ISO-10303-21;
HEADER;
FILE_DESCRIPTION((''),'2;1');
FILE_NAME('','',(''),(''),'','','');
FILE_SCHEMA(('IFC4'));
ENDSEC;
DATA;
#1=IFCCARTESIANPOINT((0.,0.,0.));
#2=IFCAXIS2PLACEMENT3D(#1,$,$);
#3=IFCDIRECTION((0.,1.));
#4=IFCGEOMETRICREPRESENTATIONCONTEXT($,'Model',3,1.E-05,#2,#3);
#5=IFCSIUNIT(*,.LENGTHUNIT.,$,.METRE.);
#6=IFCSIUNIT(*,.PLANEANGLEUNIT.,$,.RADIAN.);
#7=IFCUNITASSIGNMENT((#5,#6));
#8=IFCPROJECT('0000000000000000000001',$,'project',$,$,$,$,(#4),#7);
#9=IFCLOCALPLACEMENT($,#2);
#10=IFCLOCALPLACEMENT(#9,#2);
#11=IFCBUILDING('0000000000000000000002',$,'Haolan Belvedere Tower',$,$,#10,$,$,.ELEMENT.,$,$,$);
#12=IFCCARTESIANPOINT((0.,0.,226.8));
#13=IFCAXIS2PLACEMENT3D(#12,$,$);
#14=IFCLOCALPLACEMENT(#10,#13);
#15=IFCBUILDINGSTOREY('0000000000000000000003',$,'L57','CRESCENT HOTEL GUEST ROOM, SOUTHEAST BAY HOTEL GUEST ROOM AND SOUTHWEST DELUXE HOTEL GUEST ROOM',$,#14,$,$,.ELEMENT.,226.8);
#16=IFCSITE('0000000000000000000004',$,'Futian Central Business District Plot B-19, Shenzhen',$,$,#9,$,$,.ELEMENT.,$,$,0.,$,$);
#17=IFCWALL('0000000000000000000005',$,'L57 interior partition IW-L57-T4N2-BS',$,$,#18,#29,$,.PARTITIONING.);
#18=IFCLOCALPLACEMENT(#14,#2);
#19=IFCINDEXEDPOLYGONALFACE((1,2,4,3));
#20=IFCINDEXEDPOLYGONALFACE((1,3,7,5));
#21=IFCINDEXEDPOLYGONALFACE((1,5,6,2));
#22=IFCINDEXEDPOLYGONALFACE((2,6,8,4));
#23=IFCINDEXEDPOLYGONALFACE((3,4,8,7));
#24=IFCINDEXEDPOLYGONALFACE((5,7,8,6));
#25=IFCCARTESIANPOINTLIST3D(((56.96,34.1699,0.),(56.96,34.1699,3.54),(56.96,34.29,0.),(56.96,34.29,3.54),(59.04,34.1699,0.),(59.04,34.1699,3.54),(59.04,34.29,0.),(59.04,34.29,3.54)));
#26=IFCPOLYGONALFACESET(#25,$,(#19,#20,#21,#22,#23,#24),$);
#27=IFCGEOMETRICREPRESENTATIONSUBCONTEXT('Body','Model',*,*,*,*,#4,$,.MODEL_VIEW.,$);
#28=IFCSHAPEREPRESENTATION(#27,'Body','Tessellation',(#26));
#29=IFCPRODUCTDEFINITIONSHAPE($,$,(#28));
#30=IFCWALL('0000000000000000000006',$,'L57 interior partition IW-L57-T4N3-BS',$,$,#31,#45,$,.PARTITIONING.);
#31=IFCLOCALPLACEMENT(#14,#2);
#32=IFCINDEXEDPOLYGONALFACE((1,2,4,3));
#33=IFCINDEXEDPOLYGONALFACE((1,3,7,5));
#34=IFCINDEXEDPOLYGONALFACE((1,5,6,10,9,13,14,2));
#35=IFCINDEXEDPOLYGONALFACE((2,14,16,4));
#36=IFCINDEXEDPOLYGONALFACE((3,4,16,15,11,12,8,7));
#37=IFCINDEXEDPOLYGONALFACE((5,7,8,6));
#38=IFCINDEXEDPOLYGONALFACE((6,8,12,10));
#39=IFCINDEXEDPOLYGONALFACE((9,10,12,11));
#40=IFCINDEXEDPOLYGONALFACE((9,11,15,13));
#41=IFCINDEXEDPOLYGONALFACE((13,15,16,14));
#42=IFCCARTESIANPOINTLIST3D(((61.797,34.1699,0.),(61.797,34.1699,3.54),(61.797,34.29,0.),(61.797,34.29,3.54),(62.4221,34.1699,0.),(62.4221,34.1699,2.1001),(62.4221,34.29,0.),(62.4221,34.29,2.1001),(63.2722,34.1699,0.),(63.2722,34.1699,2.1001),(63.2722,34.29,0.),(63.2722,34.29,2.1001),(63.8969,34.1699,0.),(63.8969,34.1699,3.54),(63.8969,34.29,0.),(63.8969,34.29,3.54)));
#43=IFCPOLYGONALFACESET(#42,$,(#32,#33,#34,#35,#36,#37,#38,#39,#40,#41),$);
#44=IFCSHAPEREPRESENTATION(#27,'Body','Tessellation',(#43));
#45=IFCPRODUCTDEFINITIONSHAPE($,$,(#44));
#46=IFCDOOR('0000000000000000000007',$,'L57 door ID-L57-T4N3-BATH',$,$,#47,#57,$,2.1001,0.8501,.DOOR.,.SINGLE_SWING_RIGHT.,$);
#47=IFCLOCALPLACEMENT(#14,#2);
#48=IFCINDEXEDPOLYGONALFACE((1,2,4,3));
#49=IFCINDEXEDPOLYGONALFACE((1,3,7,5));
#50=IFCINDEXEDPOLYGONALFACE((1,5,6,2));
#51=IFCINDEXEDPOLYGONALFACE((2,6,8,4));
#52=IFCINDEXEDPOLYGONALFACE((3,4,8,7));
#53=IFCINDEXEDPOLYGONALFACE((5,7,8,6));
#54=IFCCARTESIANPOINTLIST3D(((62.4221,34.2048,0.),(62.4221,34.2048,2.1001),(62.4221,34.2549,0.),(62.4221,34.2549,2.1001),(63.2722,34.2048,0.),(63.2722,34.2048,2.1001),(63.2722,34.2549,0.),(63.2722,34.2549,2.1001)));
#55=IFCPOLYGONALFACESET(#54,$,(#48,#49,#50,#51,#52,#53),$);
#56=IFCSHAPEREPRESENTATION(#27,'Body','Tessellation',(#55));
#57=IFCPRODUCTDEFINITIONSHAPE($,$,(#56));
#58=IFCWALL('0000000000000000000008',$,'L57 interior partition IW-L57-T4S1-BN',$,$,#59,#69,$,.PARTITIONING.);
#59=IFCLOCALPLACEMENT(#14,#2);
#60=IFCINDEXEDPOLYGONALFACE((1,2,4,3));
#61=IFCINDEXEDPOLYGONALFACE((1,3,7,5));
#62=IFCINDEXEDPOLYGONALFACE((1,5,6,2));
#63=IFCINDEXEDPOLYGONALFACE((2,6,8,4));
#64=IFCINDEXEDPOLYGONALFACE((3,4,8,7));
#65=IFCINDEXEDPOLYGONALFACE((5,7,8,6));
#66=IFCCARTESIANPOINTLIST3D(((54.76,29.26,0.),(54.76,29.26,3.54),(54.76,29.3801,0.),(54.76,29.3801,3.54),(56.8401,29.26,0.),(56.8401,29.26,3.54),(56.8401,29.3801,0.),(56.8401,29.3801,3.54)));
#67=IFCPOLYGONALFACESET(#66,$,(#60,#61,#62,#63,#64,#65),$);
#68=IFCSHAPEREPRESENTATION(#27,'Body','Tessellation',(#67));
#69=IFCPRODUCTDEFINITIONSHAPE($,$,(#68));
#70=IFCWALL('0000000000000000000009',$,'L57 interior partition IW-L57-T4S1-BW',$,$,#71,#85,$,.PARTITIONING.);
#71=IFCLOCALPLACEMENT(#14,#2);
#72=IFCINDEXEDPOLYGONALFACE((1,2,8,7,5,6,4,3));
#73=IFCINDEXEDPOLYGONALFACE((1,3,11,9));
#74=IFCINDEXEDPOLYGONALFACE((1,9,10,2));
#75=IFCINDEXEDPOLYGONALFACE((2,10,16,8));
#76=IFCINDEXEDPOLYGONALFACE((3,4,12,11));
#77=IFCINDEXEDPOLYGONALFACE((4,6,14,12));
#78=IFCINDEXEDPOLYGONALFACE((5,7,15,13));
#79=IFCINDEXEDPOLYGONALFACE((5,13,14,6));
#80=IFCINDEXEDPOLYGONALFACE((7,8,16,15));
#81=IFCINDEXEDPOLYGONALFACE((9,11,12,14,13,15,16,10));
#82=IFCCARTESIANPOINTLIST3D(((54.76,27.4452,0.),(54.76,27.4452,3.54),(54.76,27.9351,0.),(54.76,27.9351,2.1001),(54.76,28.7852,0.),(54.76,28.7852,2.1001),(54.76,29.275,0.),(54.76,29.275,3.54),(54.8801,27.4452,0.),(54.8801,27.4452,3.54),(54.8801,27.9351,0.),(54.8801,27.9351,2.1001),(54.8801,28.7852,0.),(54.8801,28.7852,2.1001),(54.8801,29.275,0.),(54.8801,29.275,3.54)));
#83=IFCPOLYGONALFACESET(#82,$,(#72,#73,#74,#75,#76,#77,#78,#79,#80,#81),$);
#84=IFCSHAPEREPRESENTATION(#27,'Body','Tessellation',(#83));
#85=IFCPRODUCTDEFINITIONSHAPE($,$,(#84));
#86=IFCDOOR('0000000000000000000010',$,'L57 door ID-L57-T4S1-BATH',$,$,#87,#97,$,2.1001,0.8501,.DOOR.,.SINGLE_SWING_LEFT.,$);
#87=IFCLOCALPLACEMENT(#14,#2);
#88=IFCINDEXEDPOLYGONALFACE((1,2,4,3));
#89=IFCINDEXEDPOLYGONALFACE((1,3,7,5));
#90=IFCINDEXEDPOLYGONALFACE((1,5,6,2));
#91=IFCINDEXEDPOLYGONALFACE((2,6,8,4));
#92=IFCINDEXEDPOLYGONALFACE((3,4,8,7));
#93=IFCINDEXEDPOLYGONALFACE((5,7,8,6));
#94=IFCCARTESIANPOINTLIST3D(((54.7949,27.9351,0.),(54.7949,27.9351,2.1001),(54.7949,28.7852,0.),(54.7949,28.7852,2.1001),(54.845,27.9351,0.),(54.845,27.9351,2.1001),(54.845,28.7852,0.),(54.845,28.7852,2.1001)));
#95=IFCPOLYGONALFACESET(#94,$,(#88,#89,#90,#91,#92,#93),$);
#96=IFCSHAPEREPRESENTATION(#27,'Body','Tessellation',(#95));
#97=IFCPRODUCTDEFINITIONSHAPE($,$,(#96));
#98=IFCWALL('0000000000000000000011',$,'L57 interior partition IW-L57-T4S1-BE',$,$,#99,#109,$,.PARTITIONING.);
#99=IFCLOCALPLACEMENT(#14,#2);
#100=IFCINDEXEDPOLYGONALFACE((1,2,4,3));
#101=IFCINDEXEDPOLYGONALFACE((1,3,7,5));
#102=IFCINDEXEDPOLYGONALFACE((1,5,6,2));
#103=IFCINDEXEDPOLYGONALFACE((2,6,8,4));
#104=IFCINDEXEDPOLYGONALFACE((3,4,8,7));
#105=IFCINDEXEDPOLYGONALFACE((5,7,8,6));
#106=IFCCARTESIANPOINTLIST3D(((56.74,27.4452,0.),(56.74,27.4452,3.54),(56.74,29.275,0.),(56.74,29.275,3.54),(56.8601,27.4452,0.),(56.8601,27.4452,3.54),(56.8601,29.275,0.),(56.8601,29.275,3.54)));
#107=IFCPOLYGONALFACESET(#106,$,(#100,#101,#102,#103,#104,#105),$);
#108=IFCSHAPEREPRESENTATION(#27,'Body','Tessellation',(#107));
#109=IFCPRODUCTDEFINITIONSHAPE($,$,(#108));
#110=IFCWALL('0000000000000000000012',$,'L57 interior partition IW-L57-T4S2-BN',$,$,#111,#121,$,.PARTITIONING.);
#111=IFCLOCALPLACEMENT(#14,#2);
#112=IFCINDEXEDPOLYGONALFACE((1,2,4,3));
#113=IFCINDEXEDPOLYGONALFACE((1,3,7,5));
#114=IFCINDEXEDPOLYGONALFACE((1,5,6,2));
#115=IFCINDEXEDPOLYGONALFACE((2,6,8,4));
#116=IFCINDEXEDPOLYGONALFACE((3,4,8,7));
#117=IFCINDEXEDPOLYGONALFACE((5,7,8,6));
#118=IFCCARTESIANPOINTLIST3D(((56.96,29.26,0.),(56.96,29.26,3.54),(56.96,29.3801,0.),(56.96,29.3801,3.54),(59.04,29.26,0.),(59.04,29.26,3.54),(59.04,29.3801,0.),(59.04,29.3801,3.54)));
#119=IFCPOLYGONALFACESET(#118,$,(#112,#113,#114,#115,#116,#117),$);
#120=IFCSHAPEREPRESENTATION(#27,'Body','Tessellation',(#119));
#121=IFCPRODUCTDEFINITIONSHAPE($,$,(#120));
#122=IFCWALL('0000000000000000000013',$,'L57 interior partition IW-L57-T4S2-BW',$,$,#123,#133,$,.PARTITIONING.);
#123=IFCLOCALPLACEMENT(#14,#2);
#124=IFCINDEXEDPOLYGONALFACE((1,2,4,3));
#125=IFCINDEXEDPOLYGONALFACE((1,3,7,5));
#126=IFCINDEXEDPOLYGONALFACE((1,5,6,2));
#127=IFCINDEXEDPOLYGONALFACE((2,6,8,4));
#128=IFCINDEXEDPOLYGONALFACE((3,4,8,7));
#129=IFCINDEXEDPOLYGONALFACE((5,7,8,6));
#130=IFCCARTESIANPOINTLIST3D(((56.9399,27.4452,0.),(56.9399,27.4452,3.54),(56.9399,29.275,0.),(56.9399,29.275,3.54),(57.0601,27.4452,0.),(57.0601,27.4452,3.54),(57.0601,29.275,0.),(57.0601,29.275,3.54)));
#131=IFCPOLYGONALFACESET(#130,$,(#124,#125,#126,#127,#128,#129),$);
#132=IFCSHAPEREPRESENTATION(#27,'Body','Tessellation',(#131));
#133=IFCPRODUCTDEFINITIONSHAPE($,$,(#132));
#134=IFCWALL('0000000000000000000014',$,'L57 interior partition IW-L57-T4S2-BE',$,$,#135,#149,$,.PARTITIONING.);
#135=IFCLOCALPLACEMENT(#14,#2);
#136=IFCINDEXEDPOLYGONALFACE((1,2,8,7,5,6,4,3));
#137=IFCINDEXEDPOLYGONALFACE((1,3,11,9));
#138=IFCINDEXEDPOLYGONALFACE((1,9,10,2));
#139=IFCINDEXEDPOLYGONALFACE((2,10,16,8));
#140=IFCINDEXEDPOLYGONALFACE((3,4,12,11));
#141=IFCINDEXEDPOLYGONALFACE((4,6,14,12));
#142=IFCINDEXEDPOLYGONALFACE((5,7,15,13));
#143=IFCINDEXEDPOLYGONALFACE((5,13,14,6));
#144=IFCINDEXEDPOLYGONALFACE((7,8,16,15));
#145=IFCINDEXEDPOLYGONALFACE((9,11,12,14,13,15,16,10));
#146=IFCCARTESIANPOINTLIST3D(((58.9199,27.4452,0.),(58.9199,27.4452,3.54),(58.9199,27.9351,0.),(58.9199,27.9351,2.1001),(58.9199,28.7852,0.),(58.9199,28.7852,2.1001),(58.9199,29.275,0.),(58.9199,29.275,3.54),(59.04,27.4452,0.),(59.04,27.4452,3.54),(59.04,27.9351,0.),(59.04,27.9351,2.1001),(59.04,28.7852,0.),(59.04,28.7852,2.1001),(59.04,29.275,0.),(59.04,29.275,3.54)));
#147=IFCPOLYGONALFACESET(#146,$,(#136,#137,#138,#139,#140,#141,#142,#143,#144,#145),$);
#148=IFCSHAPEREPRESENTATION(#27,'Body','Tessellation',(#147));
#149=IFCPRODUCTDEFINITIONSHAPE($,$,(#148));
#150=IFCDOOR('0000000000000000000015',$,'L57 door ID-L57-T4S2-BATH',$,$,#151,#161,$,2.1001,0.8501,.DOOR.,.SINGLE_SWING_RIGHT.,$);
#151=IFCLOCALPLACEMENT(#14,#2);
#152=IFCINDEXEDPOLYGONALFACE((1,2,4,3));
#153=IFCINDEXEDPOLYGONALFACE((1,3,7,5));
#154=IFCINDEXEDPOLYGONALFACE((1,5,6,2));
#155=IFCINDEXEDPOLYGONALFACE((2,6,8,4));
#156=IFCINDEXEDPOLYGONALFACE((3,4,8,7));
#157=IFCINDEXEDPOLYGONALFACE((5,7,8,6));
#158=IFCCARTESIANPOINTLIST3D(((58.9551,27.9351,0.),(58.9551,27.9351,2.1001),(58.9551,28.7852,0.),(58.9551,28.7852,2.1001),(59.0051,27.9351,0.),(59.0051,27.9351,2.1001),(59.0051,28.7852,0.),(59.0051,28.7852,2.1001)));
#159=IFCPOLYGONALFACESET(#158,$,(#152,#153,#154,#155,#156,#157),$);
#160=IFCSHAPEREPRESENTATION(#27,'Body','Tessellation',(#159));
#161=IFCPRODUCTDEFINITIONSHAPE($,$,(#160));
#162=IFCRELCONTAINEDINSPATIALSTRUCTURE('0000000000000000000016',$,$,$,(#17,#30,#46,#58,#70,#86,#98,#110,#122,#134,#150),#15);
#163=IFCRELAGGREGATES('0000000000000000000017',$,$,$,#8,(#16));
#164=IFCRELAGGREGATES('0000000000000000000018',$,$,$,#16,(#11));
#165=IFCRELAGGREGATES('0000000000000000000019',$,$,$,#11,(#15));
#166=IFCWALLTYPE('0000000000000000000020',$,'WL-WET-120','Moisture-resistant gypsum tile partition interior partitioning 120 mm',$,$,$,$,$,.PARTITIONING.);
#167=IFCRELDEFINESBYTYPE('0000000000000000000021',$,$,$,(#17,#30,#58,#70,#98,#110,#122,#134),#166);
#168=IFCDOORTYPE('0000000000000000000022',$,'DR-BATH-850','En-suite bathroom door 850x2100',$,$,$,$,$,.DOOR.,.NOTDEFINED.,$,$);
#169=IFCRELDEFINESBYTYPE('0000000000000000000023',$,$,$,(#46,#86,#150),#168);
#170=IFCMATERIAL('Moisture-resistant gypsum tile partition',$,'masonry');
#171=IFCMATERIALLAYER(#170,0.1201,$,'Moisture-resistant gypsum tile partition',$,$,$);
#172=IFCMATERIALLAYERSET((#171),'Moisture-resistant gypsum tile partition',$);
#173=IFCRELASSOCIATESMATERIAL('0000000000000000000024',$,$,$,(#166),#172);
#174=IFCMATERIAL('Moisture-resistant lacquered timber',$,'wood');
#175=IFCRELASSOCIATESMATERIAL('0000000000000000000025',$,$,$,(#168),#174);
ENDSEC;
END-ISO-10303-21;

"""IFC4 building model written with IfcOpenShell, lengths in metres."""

from ifc_helpers import new_model, si_unit, direction, frame, frame_2d, origin, place, context, subcontext, project, spatial, rectangle, extrude, material, layer, layer_set, type_object, element, fill, save


model = new_model("IFC4")

# Units and contexts
model_context = context("Model", 3, precision=1e-05, world=origin(), true_north=direction((0.0, 1.0)))
body_context = subcontext(model_context, "Body", "Model", "MODEL_VIEW")
ifc_project = project(units=[si_unit("LENGTHUNIT", "METRE"), si_unit("PLANEANGLEUNIT", "RADIAN")], contexts=[model_context])

# Site, building, storey
site_placement = place(None, origin())
site = spatial("IfcSite", under=ifc_project, at=site_placement, Name="Futian Central Business District Plot B-19, Shenzhen", CompositionType="ELEMENT", RefElevation=0.0)
building_placement = place(site_placement, origin())
building = spatial("IfcBuilding", under=site, at=building_placement, Name="Haolan Belvedere Tower", CompositionType="ELEMENT")
storey_placement = place(building_placement, frame((0.0, 0.0, 226.8)))
storey = spatial("IfcBuildingStorey", under=building, at=storey_placement, Name="L57", Description="CRESCENT HOTEL GUEST ROOM, SOUTHEAST BAY HOTEL GUEST ROOM AND SOUTHWEST DELUXE HOTEL GUEST ROOM", CompositionType="ELEMENT", Elevation=226.8)

# Shared definitions
ifc_material_1 = material(Name="Moisture-resistant gypsum tile partition", Category="masonry")
ifc_layer_1 = layer(ifc_material_1, 0.1201, Name="Moisture-resistant gypsum tile partition")
ifc_layer_set_1 = layer_set([ifc_layer_1], Name="Moisture-resistant gypsum tile partition")
wall_type_1 = type_object("IfcWallType", Name="WL-WET-120", Description="Moisture-resistant gypsum tile partition interior partitioning 120 mm", PredefinedType="PARTITIONING", material=ifc_layer_set_1)

# Shared definitions
ifc_material_2 = material(Name="Moisture-resistant lacquered timber", Category="wood")
door_type_1 = type_object("IfcDoorType", Name="DR-BATH-850", Description="En-suite bathroom door 850x2100", OperationType="NOTDEFINED", PredefinedType="DOOR", material=ifc_material_2)

# Wall
wall_1_placement = place(storey_placement, frame((56.96, 34.23, 0.0), z_axis=(0.0, 0.0, 1.0), x_axis=(1.0, 0.0, 0.0)))
element("IfcWall", 1, at=wall_1_placement, inside=storey, type_object=wall_type_1, Name="L57 interior partition IW-L57-T4N2-BS", PredefinedType="PARTITIONING", context=body_context, shape_type="SweptSolid", body=[
    extrude(rectangle(XDim=2.0801, YDim=0.1201, at=frame_2d((1.04, 0.0))), origin(), (0.0, 0.0, 1.0), 3.54),
])

# Wall, opening, door
wall_2_placement = place(storey_placement, frame((61.7971, 34.23, 0.0), z_axis=(0.0, 0.0, 1.0), x_axis=(1.0, 0.0, 0.0)))
wall_2 = element("IfcWall", 2, at=wall_2_placement, inside=storey, type_object=wall_type_1, Name="L57 interior partition IW-L57-T4N3-BS", PredefinedType="PARTITIONING", context=body_context, shape_type="SweptSolid", body=[
    extrude(rectangle(XDim=2.0999, YDim=0.1201, at=frame_2d((1.0498, 0.0))), origin(), (0.0, 0.0, 1.0), 3.54),
])
opening_1_placement = place(wall_2_placement, frame((0.625, 0.0, 0.0)))
opening_1 = element("IfcOpeningElement", 3, at=opening_1_placement, cuts=wall_2, PredefinedType="OPENING", context=body_context, shape_type="SweptSolid", body=[
    extrude(rectangle(XDim=0.8501, YDim=2.1001, at=frame_2d((0.425, 1.05))), frame((0.0, 0.0701, 0.0), z_axis=(0.0, -1.0, 0.0), x_axis=(1.0, 0.0, 0.0)), (0.0, 0.0, 1.0), 0.1401),
])
door_1_placement = place(opening_1_placement, origin())
door_1 = element("IfcDoor", 4, at=door_1_placement, inside=storey, type_object=door_type_1, Name="L57 door ID-L57-T4N3-BATH", OperationType="SINGLE_SWING_RIGHT", OverallHeight=2.1001, OverallWidth=0.8501, PredefinedType="DOOR", context=body_context, shape_type="SweptSolid", body=[
    extrude(rectangle(XDim=0.8501, YDim=2.1001, at=frame_2d((0.425, 1.05))), frame((0.0, 0.0249, 0.0), z_axis=(0.0, -1.0, 0.0), x_axis=(1.0, 0.0, 0.0)), (0.0, 0.0, 1.0), 0.05),
])
fill(opening_1, door_1)

# Wall
wall_3_placement = place(storey_placement, frame((54.76, 29.3201, 0.0), z_axis=(0.0, 0.0, 1.0), x_axis=(1.0, 0.0, 0.0)))
element("IfcWall", 5, at=wall_3_placement, inside=storey, type_object=wall_type_1, Name="L57 interior partition IW-L57-T4S1-BN", PredefinedType="PARTITIONING", context=body_context, shape_type="SweptSolid", body=[
    extrude(rectangle(XDim=2.0801, YDim=0.1201, at=frame_2d((1.04, 0.0))), origin(), (0.0, 0.0, 1.0), 3.54),
])

# Wall, opening, door
wall_4_placement = place(storey_placement, frame((54.8201, 27.4451, 0.0), z_axis=(0.0, 0.0, 1.0), x_axis=(0.0, 1.0, 0.0)))
wall_4 = element("IfcWall", 6, at=wall_4_placement, inside=storey, type_object=wall_type_1, Name="L57 interior partition IW-L57-T4S1-BW", PredefinedType="PARTITIONING", context=body_context, shape_type="SweptSolid", body=[
    extrude(rectangle(XDim=1.8298, YDim=0.1201, at=frame_2d((0.915, 0.0))), origin(), (0.0, 0.0, 1.0), 3.54),
])
opening_2_placement = place(wall_4_placement, frame((1.3401, 0.0, 0.0), z_axis=(0.0, 0.0, 1.0), x_axis=(-1.0, 0.0, 0.0)))
opening_2 = element("IfcOpeningElement", 7, at=opening_2_placement, cuts=wall_4, PredefinedType="OPENING", context=body_context, shape_type="SweptSolid", body=[
    extrude(rectangle(XDim=0.8501, YDim=2.1001, at=frame_2d((0.425, 1.05))), frame((0.0, 0.0701, 0.0), z_axis=(0.0, -1.0, 0.0), x_axis=(1.0, 0.0, 0.0)), (0.0, 0.0, 1.0), 0.1401),
])
door_2_placement = place(opening_2_placement, origin())
door_2 = element("IfcDoor", 8, at=door_2_placement, inside=storey, type_object=door_type_1, Name="L57 door ID-L57-T4S1-BATH", OperationType="SINGLE_SWING_LEFT", OverallHeight=2.1001, OverallWidth=0.8501, PredefinedType="DOOR", context=body_context, shape_type="SweptSolid", body=[
    extrude(rectangle(XDim=0.8501, YDim=2.1001, at=frame_2d((0.425, 1.05))), frame((0.0, 0.0249, 0.0), z_axis=(0.0, -1.0, 0.0), x_axis=(1.0, 0.0, 0.0)), (0.0, 0.0, 1.0), 0.05),
])
fill(opening_2, door_2)

# Walls
wall_5_placement = place(storey_placement, frame((56.8, 27.4451, 0.0), z_axis=(0.0, 0.0, 1.0), x_axis=(0.0, 1.0, 0.0)))
element("IfcWall", 9, at=wall_5_placement, inside=storey, type_object=wall_type_1, Name="L57 interior partition IW-L57-T4S1-BE", PredefinedType="PARTITIONING", context=body_context, shape_type="SweptSolid", body=[
    extrude(rectangle(XDim=1.8298, YDim=0.1201, at=frame_2d((0.915, 0.0))), origin(), (0.0, 0.0, 1.0), 3.54),
])
wall_6_placement = place(storey_placement, frame((56.96, 29.3201, 0.0), z_axis=(0.0, 0.0, 1.0), x_axis=(1.0, 0.0, 0.0)))
element("IfcWall", 10, at=wall_6_placement, inside=storey, type_object=wall_type_1, Name="L57 interior partition IW-L57-T4S2-BN", PredefinedType="PARTITIONING", context=body_context, shape_type="SweptSolid", body=[
    extrude(rectangle(XDim=2.0801, YDim=0.1201, at=frame_2d((1.04, 0.0))), origin(), (0.0, 0.0, 1.0), 3.54),
])
wall_7_placement = place(storey_placement, frame((57.0, 27.4451, 0.0), z_axis=(0.0, 0.0, 1.0), x_axis=(0.0, 1.0, 0.0)))
element("IfcWall", 11, at=wall_7_placement, inside=storey, type_object=wall_type_1, Name="L57 interior partition IW-L57-T4S2-BW", PredefinedType="PARTITIONING", context=body_context, shape_type="SweptSolid", body=[
    extrude(rectangle(XDim=1.8298, YDim=0.1201, at=frame_2d((0.915, 0.0))), origin(), (0.0, 0.0, 1.0), 3.54),
])

# Wall, opening, door
wall_8_placement = place(storey_placement, frame((58.98, 27.4451, 0.0), z_axis=(0.0, 0.0, 1.0), x_axis=(0.0, 1.0, 0.0)))
wall_8 = element("IfcWall", 12, at=wall_8_placement, inside=storey, type_object=wall_type_1, Name="L57 interior partition IW-L57-T4S2-BE", PredefinedType="PARTITIONING", context=body_context, shape_type="SweptSolid", body=[
    extrude(rectangle(XDim=1.8298, YDim=0.1201, at=frame_2d((0.915, 0.0))), origin(), (0.0, 0.0, 1.0), 3.54),
])
opening_3_placement = place(wall_8_placement, frame((0.49, 0.0, 0.0)))
opening_3 = element("IfcOpeningElement", 13, at=opening_3_placement, cuts=wall_8, PredefinedType="OPENING", context=body_context, shape_type="SweptSolid", body=[
    extrude(rectangle(XDim=0.8501, YDim=2.1001, at=frame_2d((0.425, 1.05))), frame((0.0, 0.0701, 0.0), z_axis=(0.0, -1.0, 0.0), x_axis=(1.0, 0.0, 0.0)), (0.0, 0.0, 1.0), 0.1401),
])
door_3_placement = place(opening_3_placement, origin())
door_3 = element("IfcDoor", 14, at=door_3_placement, inside=storey, type_object=door_type_1, Name="L57 door ID-L57-T4S2-BATH", OperationType="SINGLE_SWING_RIGHT", OverallHeight=2.1001, OverallWidth=0.8501, PredefinedType="DOOR", context=body_context, shape_type="SweptSolid", body=[
    extrude(rectangle(XDim=0.8501, YDim=2.1001, at=frame_2d((0.425, 1.05))), frame((0.0, 0.0249, 0.0), z_axis=(0.0, -1.0, 0.0), x_axis=(1.0, 0.0, 0.0)), (0.0, 0.0, 1.0), 0.05),
])
fill(opening_3, door_3)

save(model, "model.ifc")
